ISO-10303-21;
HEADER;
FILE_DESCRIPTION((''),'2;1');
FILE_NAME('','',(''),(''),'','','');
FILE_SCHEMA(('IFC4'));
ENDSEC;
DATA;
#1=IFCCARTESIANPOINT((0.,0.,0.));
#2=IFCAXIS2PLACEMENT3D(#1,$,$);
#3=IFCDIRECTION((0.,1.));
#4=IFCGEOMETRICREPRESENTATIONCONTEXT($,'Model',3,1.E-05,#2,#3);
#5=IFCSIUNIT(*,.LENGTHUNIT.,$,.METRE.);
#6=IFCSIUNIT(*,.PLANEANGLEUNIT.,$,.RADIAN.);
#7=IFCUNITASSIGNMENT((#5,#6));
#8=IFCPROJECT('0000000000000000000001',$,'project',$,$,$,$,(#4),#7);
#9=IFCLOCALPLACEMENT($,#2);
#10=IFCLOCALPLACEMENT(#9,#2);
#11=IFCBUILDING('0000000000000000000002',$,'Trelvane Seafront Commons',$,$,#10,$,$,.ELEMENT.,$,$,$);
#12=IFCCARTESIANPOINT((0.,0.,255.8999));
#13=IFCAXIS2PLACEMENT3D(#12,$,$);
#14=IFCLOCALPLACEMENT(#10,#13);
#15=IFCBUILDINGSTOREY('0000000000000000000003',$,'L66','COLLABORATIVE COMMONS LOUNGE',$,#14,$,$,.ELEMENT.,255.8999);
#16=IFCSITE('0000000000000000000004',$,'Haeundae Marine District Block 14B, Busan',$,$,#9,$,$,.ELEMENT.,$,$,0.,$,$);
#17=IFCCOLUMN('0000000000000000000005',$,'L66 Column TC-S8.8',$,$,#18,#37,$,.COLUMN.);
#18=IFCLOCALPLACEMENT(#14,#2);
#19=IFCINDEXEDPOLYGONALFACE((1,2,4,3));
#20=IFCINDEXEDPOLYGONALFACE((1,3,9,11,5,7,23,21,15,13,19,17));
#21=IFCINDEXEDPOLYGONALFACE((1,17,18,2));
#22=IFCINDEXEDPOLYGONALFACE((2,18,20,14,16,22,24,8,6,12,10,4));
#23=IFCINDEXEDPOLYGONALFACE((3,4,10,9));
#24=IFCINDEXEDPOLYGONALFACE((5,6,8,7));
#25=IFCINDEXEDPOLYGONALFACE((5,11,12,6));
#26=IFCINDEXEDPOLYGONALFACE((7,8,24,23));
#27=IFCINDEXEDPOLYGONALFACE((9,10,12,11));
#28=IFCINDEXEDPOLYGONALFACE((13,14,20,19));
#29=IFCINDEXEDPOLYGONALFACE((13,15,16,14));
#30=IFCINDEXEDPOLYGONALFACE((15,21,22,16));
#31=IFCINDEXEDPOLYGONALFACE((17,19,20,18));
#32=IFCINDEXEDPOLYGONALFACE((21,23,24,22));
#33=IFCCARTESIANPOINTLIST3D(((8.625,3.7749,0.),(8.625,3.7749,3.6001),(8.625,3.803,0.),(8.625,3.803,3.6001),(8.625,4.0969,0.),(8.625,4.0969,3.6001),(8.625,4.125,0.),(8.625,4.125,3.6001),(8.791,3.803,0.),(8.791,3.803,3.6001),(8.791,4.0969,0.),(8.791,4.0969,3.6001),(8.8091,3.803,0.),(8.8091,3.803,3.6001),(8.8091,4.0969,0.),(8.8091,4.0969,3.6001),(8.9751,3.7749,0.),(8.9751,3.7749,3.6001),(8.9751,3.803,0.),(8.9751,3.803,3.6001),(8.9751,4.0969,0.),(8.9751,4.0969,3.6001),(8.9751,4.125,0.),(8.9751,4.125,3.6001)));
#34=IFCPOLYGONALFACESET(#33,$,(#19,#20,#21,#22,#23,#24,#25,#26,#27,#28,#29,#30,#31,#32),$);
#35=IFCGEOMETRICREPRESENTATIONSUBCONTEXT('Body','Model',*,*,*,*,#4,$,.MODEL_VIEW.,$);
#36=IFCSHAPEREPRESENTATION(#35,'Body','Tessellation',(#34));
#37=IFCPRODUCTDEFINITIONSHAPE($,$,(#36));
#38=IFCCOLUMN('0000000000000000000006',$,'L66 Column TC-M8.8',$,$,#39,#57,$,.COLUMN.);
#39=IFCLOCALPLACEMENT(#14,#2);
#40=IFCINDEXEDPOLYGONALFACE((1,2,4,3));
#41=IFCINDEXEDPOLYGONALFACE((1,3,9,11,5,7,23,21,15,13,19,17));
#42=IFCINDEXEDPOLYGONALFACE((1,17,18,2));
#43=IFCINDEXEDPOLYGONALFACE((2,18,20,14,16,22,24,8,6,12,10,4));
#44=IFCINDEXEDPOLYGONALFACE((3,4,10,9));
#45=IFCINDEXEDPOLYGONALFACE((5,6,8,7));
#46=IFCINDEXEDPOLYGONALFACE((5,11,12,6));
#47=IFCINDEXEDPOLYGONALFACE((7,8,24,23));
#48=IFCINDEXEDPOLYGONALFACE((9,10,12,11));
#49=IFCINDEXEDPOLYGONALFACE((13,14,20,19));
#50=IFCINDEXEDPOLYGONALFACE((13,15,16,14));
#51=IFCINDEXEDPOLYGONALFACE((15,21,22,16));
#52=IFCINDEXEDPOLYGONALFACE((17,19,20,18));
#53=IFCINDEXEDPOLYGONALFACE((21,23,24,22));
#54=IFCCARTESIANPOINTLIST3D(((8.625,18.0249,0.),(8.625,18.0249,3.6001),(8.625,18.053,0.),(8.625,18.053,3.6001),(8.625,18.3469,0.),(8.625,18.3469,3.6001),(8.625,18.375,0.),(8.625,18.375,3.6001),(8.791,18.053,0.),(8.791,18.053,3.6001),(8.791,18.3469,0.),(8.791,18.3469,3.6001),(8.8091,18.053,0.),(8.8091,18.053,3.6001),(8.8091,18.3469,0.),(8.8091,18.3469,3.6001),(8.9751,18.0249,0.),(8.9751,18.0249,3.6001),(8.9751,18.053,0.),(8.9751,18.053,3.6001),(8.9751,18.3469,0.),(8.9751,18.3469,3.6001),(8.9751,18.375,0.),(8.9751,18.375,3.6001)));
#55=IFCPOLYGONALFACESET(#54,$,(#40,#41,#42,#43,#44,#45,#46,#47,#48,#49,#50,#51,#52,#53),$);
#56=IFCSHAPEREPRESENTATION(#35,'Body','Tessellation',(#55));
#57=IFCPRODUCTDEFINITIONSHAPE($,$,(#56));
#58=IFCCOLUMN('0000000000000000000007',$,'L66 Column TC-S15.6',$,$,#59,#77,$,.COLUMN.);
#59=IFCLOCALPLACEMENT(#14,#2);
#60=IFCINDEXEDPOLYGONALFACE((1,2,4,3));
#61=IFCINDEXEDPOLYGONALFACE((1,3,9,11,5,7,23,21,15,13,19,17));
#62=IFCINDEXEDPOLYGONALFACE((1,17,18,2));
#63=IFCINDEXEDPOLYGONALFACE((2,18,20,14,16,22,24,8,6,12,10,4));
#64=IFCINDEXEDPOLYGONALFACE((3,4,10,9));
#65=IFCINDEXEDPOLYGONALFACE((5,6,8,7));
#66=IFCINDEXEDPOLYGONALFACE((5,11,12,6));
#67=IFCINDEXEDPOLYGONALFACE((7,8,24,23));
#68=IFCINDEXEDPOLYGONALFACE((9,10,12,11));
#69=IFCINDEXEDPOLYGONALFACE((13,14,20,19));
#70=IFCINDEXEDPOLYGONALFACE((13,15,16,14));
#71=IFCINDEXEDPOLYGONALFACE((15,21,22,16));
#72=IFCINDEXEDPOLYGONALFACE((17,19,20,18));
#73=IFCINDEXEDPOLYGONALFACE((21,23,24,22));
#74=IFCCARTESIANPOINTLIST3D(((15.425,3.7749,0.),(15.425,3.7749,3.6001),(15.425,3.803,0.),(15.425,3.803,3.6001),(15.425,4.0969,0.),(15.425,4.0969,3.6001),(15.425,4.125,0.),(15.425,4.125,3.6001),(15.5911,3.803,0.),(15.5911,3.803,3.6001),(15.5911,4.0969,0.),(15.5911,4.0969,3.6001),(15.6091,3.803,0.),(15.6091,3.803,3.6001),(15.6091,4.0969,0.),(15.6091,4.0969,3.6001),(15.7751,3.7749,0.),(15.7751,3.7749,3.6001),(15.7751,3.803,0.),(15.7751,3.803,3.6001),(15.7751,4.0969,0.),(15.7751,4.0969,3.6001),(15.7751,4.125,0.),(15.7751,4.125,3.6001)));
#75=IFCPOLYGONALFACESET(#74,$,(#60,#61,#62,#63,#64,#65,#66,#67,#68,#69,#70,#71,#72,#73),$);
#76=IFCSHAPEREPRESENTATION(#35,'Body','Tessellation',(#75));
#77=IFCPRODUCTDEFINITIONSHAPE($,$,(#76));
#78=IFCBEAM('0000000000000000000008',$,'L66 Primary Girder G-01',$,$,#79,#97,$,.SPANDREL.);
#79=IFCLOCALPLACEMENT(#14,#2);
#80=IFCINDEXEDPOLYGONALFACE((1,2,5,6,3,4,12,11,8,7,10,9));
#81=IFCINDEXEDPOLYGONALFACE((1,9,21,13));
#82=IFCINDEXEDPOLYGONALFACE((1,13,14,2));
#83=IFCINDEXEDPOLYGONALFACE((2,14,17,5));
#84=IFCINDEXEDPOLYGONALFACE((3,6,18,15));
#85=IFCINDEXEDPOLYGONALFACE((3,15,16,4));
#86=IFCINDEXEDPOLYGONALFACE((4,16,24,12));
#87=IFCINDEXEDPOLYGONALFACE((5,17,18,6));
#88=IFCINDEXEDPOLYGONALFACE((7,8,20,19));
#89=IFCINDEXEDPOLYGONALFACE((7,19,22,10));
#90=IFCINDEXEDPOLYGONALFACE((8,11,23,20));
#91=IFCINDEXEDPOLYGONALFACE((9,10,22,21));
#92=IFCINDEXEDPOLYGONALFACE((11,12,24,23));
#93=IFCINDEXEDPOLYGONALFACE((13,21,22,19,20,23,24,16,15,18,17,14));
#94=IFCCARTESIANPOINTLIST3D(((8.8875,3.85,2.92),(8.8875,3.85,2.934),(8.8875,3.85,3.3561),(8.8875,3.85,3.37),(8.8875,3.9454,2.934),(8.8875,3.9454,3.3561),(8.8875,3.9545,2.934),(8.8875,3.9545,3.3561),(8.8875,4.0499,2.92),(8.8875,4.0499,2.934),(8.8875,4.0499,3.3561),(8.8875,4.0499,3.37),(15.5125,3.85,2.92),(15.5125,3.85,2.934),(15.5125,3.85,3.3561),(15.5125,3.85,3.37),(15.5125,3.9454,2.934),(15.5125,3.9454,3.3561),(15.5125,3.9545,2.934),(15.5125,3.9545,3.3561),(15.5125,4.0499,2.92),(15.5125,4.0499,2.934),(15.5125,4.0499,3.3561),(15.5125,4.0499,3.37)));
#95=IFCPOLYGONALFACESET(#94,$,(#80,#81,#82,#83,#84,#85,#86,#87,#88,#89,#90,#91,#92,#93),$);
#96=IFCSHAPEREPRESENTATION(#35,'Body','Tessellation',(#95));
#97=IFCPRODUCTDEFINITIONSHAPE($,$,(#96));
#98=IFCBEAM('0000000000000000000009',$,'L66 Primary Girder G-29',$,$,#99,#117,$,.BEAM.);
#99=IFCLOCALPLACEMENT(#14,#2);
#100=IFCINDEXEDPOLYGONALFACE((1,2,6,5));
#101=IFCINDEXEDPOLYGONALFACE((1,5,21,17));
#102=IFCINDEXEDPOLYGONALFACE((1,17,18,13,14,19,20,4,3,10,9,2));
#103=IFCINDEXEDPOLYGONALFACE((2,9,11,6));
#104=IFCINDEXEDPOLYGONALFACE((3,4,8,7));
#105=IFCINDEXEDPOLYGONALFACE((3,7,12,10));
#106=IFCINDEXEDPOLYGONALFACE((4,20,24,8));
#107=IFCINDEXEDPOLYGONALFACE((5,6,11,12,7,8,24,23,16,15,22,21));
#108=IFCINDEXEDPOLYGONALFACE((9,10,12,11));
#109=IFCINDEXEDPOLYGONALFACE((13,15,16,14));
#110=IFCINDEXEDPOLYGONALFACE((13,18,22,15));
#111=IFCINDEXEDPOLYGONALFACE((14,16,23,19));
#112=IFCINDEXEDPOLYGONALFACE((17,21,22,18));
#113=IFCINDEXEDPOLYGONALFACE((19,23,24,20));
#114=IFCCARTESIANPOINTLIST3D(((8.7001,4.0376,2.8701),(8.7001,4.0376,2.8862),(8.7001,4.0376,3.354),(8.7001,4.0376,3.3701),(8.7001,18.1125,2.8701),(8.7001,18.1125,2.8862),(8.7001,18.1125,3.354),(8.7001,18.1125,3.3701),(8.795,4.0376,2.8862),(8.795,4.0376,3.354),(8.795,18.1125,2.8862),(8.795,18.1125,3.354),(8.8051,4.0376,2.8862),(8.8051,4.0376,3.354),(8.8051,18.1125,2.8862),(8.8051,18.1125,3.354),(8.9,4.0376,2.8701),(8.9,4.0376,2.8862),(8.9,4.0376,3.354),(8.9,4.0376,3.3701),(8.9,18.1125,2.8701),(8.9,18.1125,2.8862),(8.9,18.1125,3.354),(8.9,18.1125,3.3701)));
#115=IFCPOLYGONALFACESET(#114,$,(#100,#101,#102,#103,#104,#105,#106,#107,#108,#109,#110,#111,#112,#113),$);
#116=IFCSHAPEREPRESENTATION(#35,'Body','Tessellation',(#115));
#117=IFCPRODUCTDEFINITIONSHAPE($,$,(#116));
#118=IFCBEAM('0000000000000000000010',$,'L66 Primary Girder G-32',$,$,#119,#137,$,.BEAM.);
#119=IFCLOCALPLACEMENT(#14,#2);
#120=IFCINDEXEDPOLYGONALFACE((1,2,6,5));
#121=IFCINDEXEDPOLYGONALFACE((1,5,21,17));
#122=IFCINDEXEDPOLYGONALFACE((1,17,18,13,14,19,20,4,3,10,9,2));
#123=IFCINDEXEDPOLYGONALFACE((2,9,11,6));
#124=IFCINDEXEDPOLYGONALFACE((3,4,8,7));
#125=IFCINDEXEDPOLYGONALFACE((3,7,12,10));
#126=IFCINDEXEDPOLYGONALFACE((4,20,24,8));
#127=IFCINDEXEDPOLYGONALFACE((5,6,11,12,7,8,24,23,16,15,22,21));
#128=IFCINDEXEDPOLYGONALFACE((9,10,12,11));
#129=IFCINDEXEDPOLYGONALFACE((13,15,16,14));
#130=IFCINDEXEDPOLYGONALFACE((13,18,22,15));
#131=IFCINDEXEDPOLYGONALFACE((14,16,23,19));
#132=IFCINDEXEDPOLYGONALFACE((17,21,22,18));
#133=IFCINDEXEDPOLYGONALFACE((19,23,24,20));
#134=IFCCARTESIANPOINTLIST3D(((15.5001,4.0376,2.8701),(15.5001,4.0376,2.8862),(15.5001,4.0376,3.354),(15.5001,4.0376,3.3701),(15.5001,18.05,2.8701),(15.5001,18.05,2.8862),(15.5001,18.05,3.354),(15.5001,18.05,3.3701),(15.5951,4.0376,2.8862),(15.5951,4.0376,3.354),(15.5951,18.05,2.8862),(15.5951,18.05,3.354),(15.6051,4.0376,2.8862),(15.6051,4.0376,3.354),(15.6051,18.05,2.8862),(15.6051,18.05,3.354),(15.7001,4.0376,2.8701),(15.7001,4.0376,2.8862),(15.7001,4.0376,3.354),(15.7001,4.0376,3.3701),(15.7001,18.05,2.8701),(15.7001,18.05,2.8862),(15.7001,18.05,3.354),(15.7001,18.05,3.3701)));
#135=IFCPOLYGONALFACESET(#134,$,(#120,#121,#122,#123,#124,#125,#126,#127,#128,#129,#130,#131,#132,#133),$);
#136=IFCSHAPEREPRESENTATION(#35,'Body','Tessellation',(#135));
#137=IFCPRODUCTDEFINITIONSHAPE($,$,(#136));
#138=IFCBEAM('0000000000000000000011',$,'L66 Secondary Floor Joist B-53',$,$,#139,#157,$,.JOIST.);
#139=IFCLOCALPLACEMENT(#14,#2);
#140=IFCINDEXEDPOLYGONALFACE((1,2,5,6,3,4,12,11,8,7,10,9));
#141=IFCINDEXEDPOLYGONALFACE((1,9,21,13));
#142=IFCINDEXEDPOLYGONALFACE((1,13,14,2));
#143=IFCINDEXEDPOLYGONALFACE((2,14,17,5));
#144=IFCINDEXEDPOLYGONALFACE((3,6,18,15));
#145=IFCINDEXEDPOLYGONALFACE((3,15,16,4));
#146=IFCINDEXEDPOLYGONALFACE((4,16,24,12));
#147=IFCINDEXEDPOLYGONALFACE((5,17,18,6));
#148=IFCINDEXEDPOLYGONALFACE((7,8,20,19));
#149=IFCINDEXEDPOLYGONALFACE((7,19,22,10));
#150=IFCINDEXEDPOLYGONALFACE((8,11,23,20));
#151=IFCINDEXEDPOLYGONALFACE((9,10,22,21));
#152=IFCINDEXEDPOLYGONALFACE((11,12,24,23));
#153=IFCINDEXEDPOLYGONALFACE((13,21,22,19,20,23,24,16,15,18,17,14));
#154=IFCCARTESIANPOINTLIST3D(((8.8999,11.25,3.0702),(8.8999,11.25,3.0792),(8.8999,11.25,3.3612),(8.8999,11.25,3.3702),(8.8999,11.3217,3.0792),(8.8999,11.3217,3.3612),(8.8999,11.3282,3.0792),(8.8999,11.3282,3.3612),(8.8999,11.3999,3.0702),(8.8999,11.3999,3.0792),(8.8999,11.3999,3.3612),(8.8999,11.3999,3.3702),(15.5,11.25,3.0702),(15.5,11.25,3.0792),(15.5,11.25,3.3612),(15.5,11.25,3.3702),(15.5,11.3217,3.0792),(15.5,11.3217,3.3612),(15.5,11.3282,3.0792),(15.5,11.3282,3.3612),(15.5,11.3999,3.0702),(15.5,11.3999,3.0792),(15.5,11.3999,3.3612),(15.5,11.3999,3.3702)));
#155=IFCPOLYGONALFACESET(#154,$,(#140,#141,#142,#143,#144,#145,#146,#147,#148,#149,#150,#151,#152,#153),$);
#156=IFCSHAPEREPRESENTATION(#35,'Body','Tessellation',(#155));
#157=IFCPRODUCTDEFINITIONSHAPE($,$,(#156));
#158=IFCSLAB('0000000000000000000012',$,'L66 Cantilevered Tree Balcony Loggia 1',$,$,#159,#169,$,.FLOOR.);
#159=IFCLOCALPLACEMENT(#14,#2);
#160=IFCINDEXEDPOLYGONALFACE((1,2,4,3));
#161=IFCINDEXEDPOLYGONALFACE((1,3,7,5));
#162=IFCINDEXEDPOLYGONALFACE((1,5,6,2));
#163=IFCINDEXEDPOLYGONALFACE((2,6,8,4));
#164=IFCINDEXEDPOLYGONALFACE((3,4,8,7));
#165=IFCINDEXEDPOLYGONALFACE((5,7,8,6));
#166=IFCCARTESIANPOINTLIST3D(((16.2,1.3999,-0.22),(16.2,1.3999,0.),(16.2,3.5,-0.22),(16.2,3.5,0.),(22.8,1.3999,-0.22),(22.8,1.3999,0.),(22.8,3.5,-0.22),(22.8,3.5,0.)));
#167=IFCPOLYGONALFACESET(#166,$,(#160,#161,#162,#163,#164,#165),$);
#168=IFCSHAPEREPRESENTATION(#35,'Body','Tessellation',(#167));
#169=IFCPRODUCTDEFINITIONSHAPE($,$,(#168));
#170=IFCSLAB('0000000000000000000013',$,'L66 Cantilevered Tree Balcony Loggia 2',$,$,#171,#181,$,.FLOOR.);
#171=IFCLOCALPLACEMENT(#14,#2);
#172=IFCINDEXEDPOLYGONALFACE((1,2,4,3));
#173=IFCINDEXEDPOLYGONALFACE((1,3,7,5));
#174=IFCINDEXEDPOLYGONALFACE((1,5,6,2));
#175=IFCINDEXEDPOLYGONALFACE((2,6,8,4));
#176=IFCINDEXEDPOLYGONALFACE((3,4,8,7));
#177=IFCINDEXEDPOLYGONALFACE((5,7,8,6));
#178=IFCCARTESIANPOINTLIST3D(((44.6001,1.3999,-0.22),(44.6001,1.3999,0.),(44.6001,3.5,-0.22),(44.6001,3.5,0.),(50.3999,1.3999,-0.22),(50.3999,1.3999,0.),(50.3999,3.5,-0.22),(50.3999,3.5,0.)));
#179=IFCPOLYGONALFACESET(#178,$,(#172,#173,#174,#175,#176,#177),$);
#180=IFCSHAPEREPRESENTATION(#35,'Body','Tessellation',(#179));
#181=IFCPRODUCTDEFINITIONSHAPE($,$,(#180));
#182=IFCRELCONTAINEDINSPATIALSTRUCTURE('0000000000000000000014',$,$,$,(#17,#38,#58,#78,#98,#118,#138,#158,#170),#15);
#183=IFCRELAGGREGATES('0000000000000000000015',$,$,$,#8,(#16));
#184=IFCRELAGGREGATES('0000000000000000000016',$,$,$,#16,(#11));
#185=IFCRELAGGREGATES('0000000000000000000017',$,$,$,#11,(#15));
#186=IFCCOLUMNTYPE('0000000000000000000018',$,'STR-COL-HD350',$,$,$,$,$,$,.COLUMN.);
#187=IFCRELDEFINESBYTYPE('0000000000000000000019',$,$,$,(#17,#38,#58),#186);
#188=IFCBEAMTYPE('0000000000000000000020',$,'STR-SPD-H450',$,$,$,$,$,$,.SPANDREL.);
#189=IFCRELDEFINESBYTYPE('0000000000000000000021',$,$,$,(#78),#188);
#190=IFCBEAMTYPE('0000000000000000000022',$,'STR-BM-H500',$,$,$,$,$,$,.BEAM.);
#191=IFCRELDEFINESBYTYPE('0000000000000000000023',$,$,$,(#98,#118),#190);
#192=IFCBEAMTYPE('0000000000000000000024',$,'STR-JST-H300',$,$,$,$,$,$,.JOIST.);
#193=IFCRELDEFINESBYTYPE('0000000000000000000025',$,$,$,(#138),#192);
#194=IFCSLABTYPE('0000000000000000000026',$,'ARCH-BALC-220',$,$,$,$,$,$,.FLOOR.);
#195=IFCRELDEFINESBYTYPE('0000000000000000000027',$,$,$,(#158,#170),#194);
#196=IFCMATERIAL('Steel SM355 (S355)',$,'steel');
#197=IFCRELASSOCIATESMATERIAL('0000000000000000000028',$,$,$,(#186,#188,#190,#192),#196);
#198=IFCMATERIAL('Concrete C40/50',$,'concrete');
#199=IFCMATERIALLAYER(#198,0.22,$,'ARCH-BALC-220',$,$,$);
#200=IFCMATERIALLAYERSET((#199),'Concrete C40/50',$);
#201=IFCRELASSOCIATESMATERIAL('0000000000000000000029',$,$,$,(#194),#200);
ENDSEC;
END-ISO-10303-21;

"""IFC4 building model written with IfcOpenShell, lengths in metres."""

from ifc_helpers import new_model, si_unit, direction, frame, origin, origin_2d, place, context, subcontext, project, spatial, polyline, i_section, outline, extrude, source, transform, mapped, material, layer, layer_set, material_profile, profile_set, type_object, element, save


model = new_model("IFC4")

# Units and contexts
model_context = context("Model", 3, precision=1e-05, world=origin(), true_north=direction((0.0, 1.0)))
body_context = subcontext(model_context, "Body", "Model", "MODEL_VIEW")
ifc_project = project(units=[si_unit("LENGTHUNIT", "METRE"), si_unit("PLANEANGLEUNIT", "RADIAN")], contexts=[model_context])

# Site, building, storey
site_placement = place(None, origin())
site = spatial("IfcSite", under=ifc_project, at=site_placement, Name="Haeundae Marine District Block 14B, Busan", CompositionType="ELEMENT", RefElevation=0.0)
building_placement = place(site_placement, origin())
building = spatial("IfcBuilding", under=site, at=building_placement, Name="Trelvane Seafront Commons", CompositionType="ELEMENT")
storey_placement = place(building_placement, frame((0.0, 0.0, 255.8999)))
storey = spatial("IfcBuildingStorey", under=building, at=storey_placement, Name="L66", Description="COLLABORATIVE COMMONS LOUNGE", CompositionType="ELEMENT", Elevation=255.8999)

# Columns
ifc_material_1 = material(Name="Steel SM355 (S355)", Category="steel")
ifc_material_profile_1 = material_profile(ifc_material_1, i_section(OverallWidth=0.3501, OverallDepth=0.3501, WebThickness=0.0181, FlangeThickness=0.0281, at=origin_2d()), Name="HD-350x350x18x28")
ifc_profile_set_1 = profile_set([ifc_material_profile_1], Name="Steel SM355 (S355)")
column_type = type_object("IfcColumnType", Name="STR-COL-HD350", PredefinedType="COLUMN", material=ifc_profile_set_1)
shared_shape_1 = source(origin(), body_context, "Body", "SweptSolid", [
    extrude(i_section(OverallWidth=0.3501, OverallDepth=0.3501, WebThickness=0.0181, FlangeThickness=0.0281, at=origin_2d()), origin(), (0.0, 0.0, 1.0), 3.6001),
])
for number, where, z_axis, x_axis, name in (
    (1, (8.8, 3.95, 0.0), (0.0, 0.0, 1.0), (1.0, 0.0, 0.0), "L66 Column TC-S8.8"),
    (2, (8.8, 18.2, 0.0), (0.0, 0.0, 1.0), (1.0, 0.0, 0.0), "L66 Column TC-M8.8"),
    (3, (15.6001, 3.95, 0.0), (0.0, 0.0, 1.0), (1.0, 0.0, 0.0), "L66 Column TC-S15.6"),
):
    element("IfcColumn", number, at=place(storey_placement, frame(where, z_axis=z_axis, x_axis=x_axis)), inside=storey, type_object=column_type, Name=name, PredefinedType="COLUMN", context=body_context, shape_type="MappedRepresentation", body=[
        mapped(shared_shape_1, transform((0.0, 0.0, 0.0), x_axis=(1.0, 0.0, 0.0), y_axis=(0.0, 1.0, 0.0), z_axis=(0.0, 0.0, 1.0), scale=1.0)),
    ])

# Beams
ifc_material_profile_2 = material_profile(ifc_material_1, i_section(OverallWidth=0.2, OverallDepth=0.45, WebThickness=0.009, FlangeThickness=0.0139, at=origin_2d()), Name="H-450x200x9x14")
ifc_profile_set_2 = profile_set([ifc_material_profile_2], Name="Steel SM355 (S355)")
beam_type_1 = type_object("IfcBeamType", Name="STR-SPD-H450", PredefinedType="SPANDREL", material=ifc_profile_set_2)
shared_shape_2 = source(origin(), body_context, "Body", "SweptSolid", [
    extrude(i_section(OverallWidth=0.2, OverallDepth=0.45, WebThickness=0.009, FlangeThickness=0.0139, at=origin_2d()), origin(), (0.0, 0.0, 1.0), 6.625),
])
beam_1_placement = place(storey_placement, frame((8.8875, 3.95, 3.145), z_axis=(1.0, 0.0, 0.0), x_axis=(0.0, 1.0, 0.0)))
element("IfcBeam", 4, at=beam_1_placement, inside=storey, type_object=beam_type_1, Name="L66 Primary Girder G-01", PredefinedType="SPANDREL", context=body_context, shape_type="MappedRepresentation", body=[
    mapped(shared_shape_2, transform((0.0, 0.0, 0.0), x_axis=(1.0, 0.0, 0.0), y_axis=(0.0, 1.0, 0.0), z_axis=(0.0, 0.0, 1.0), scale=1.0)),
])
ifc_material_profile_3 = material_profile(ifc_material_1, i_section(OverallWidth=0.2, OverallDepth=0.5, WebThickness=0.01, FlangeThickness=0.0161, at=origin_2d()), Name="H-500x200x10x16")
ifc_profile_set_3 = profile_set([ifc_material_profile_3], Name="Steel SM355 (S355)")
beam_type_2 = type_object("IfcBeamType", Name="STR-BM-H500", PredefinedType="BEAM", material=ifc_profile_set_3)
shared_shape_3 = source(origin(), body_context, "Body", "SweptSolid", [
    extrude(i_section(OverallWidth=0.2, OverallDepth=0.5, WebThickness=0.01, FlangeThickness=0.0161, at=origin_2d()), origin(), (0.0, 0.0, 1.0), 14.075),
])
beam_2_placement = place(storey_placement, frame((8.8, 4.0376, 3.1201), z_axis=(0.0, 1.0, 0.0), x_axis=(-1.0, 0.0, 0.0)))
element("IfcBeam", 5, at=beam_2_placement, inside=storey, type_object=beam_type_2, Name="L66 Primary Girder G-29", PredefinedType="BEAM", context=body_context, shape_type="MappedRepresentation", body=[
    mapped(shared_shape_3, transform((0.0, 0.0, 0.0), x_axis=(1.0, 0.0, 0.0), y_axis=(0.0, 1.0, 0.0), z_axis=(0.0, 0.0, 1.0), scale=1.0)),
])
shared_shape_4 = source(origin(), body_context, "Body", "SweptSolid", [
    extrude(i_section(OverallWidth=0.2, OverallDepth=0.5, WebThickness=0.01, FlangeThickness=0.0161, at=origin_2d()), origin(), (0.0, 0.0, 1.0), 14.0125),
])
beam_3_placement = place(storey_placement, frame((15.6001, 4.0376, 3.1201), z_axis=(0.0, 1.0, 0.0), x_axis=(-1.0, 0.0, 0.0)))
element("IfcBeam", 6, at=beam_3_placement, inside=storey, type_object=beam_type_2, Name="L66 Primary Girder G-32", PredefinedType="BEAM", context=body_context, shape_type="MappedRepresentation", body=[
    mapped(shared_shape_4, transform((0.0, 0.0, 0.0), x_axis=(1.0, 0.0, 0.0), y_axis=(0.0, 1.0, 0.0), z_axis=(0.0, 0.0, 1.0), scale=1.0)),
])
ifc_material_profile_4 = material_profile(ifc_material_1, i_section(OverallWidth=0.1499, OverallDepth=0.3, WebThickness=0.0066, FlangeThickness=0.009, at=origin_2d()), Name="H-300x150x6.5x9")
ifc_profile_set_4 = profile_set([ifc_material_profile_4], Name="Steel SM355 (S355)")
beam_type_3 = type_object("IfcBeamType", Name="STR-JST-H300", PredefinedType="JOIST", material=ifc_profile_set_4)
shared_shape_5 = source(origin(), body_context, "Body", "SweptSolid", [
    extrude(i_section(OverallWidth=0.1499, OverallDepth=0.3, WebThickness=0.0066, FlangeThickness=0.009, at=origin_2d()), origin(), (0.0, 0.0, 1.0), 6.6001),
])
beam_4_placement = place(storey_placement, frame((8.8999, 11.325, 3.2202), z_axis=(1.0, 0.0, 0.0), x_axis=(0.0, 1.0, 0.0)))
element("IfcBeam", 7, at=beam_4_placement, inside=storey, type_object=beam_type_3, Name="L66 Secondary Floor Joist B-53", PredefinedType="JOIST", context=body_context, shape_type="MappedRepresentation", body=[
    mapped(shared_shape_5, transform((0.0, 0.0, 0.0), x_axis=(1.0, 0.0, 0.0), y_axis=(0.0, 1.0, 0.0), z_axis=(0.0, 0.0, 1.0), scale=1.0)),
])

# Slabs
ifc_material_2 = material(Name="Concrete C40/50", Category="concrete")
ifc_layer_1 = layer(ifc_material_2, 0.22, Name="ARCH-BALC-220")
ifc_layer_set_1 = layer_set([ifc_layer_1], Name="Concrete C40/50")
slab_type_1 = type_object("IfcSlabType", Name="ARCH-BALC-220", PredefinedType="FLOOR", material=ifc_layer_set_1)
slab_1_placement = place(storey_placement, frame((0.0, 0.0, -0.22)))
element("IfcSlab", 8, at=slab_1_placement, inside=storey, type_object=slab_type_1, Name="L66 Cantilevered Tree Balcony Loggia 1", PredefinedType="FLOOR", context=body_context, shape_type="SweptSolid", body=[
    extrude(outline(polyline([(16.2, 1.3999), (22.8, 1.3999), (22.8, 3.5), (16.2, 3.5), (16.2, 1.3999)])), origin(), (0.0, 0.0, 1.0), 0.22),
])
slab_2_placement = place(storey_placement, frame((0.0, 0.0, -0.22)))
element("IfcSlab", 9, at=slab_2_placement, inside=storey, type_object=slab_type_1, Name="L66 Cantilevered Tree Balcony Loggia 2", PredefinedType="FLOOR", context=body_context, shape_type="SweptSolid", body=[
    extrude(outline(polyline([(44.6001, 1.3999), (50.3999, 1.3999), (50.3999, 3.5), (44.6001, 3.5), (44.6001, 1.3999)])), origin(), (0.0, 0.0, 1.0), 0.22),
])

save(model, "model.ifc")
